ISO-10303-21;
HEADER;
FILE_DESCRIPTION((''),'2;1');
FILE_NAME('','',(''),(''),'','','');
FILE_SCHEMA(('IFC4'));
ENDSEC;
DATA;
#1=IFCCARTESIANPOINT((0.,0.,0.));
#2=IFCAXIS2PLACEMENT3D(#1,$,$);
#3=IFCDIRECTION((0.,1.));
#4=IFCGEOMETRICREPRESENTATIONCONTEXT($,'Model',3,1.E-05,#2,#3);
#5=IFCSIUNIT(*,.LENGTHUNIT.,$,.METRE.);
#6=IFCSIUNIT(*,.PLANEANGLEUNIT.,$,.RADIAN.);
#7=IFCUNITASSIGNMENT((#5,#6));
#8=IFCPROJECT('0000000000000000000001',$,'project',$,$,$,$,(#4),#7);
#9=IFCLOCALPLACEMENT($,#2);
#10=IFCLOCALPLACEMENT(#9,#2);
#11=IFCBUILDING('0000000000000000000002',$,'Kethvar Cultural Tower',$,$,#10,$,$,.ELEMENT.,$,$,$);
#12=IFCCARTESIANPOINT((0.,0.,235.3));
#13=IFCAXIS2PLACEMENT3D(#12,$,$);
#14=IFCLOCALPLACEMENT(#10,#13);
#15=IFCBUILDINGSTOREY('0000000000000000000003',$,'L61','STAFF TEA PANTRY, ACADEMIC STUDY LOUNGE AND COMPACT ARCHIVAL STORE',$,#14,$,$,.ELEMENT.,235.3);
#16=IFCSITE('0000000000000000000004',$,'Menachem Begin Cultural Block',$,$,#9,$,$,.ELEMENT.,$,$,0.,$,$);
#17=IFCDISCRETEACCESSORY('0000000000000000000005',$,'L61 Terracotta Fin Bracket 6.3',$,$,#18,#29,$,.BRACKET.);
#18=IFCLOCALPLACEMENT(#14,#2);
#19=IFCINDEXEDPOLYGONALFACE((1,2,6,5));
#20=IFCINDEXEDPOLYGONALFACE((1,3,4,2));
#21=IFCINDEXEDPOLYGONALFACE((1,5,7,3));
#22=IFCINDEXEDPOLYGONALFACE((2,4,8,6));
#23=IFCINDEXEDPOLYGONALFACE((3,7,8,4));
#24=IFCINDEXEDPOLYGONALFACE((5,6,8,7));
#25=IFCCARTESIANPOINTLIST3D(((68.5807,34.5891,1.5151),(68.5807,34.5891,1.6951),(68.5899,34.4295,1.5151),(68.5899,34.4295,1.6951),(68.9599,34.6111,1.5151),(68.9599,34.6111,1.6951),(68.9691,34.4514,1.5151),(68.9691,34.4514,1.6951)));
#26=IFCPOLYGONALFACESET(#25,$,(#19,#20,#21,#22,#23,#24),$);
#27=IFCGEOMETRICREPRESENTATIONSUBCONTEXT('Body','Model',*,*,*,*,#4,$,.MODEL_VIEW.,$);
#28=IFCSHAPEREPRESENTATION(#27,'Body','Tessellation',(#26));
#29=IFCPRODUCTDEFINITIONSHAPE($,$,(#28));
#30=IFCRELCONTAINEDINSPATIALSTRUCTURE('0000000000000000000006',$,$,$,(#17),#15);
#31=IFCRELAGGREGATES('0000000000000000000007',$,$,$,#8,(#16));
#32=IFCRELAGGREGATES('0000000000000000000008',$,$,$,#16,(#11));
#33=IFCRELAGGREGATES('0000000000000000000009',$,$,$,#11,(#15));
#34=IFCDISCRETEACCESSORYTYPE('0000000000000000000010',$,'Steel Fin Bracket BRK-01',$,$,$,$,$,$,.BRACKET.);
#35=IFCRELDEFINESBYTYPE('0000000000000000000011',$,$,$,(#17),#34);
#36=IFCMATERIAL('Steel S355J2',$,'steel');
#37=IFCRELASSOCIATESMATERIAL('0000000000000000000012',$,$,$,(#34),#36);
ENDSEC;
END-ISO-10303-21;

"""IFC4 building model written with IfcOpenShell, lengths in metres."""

from ifc_helpers import new_model, si_unit, direction, frame, origin, origin_2d, place, context, subcontext, project, spatial, rectangle, extrude, source, transform, mapped, material, type_object, element, save


model = new_model("IFC4")

# Units and contexts
model_context = context("Model", 3, precision=1e-05, world=origin(), true_north=direction((0.0, 1.0)))
body_context = subcontext(model_context, "Body", "Model", "MODEL_VIEW")
ifc_project = project(units=[si_unit("LENGTHUNIT", "METRE"), si_unit("PLANEANGLEUNIT", "RADIAN")], contexts=[model_context])

# Site, building, storey
site_placement = place(None, origin())
site = spatial("IfcSite", under=ifc_project, at=site_placement, Name="Menachem Begin Cultural Block", CompositionType="ELEMENT", RefElevation=0.0)
building_placement = place(site_placement, origin())
building = spatial("IfcBuilding", under=site, at=building_placement, Name="Kethvar Cultural Tower", CompositionType="ELEMENT")
storey_placement = place(building_placement, frame((0.0, 0.0, 235.3)))
storey = spatial("IfcBuildingStorey", under=building, at=storey_placement, Name="L61", Description="STAFF TEA PANTRY, ACADEMIC STUDY LOUNGE AND COMPACT ARCHIVAL STORE", CompositionType="ELEMENT", Elevation=235.3)

# Discrete accessory
ifc_material_1 = material(Name="Steel S355J2", Category="steel")
discrete_accessory_type = type_object("IfcDiscreteAccessoryType", Name="Steel Fin Bracket BRK-01", PredefinedType="BRACKET", material=ifc_material_1)
shared_shape_1 = source(origin(), body_context, "Body", "SweptSolid", [
    extrude(rectangle(XDim=0.3799, YDim=0.1599, at=origin_2d()), origin(), (0.0, 0.0, 1.0), 0.1799),
])
for number, where, z_axis, x_axis, name in (
    (1, (68.7749, 34.5203, 1.5151), (0.0, 0.0, 1.0), (0.998332, 0.057738, 0.0), "L61 Terracotta Fin Bracket 6.3"),
):
    element("IfcDiscreteAccessory", number, at=place(storey_placement, frame(where, z_axis=z_axis, x_axis=x_axis)), inside=storey, type_object=discrete_accessory_type, Name=name, PredefinedType="BRACKET", context=body_context, shape_type="MappedRepresentation", body=[
        mapped(shared_shape_1, transform((0.0, 0.0, 0.0), scale=1.0)),
    ])

save(model, "model.ifc")
